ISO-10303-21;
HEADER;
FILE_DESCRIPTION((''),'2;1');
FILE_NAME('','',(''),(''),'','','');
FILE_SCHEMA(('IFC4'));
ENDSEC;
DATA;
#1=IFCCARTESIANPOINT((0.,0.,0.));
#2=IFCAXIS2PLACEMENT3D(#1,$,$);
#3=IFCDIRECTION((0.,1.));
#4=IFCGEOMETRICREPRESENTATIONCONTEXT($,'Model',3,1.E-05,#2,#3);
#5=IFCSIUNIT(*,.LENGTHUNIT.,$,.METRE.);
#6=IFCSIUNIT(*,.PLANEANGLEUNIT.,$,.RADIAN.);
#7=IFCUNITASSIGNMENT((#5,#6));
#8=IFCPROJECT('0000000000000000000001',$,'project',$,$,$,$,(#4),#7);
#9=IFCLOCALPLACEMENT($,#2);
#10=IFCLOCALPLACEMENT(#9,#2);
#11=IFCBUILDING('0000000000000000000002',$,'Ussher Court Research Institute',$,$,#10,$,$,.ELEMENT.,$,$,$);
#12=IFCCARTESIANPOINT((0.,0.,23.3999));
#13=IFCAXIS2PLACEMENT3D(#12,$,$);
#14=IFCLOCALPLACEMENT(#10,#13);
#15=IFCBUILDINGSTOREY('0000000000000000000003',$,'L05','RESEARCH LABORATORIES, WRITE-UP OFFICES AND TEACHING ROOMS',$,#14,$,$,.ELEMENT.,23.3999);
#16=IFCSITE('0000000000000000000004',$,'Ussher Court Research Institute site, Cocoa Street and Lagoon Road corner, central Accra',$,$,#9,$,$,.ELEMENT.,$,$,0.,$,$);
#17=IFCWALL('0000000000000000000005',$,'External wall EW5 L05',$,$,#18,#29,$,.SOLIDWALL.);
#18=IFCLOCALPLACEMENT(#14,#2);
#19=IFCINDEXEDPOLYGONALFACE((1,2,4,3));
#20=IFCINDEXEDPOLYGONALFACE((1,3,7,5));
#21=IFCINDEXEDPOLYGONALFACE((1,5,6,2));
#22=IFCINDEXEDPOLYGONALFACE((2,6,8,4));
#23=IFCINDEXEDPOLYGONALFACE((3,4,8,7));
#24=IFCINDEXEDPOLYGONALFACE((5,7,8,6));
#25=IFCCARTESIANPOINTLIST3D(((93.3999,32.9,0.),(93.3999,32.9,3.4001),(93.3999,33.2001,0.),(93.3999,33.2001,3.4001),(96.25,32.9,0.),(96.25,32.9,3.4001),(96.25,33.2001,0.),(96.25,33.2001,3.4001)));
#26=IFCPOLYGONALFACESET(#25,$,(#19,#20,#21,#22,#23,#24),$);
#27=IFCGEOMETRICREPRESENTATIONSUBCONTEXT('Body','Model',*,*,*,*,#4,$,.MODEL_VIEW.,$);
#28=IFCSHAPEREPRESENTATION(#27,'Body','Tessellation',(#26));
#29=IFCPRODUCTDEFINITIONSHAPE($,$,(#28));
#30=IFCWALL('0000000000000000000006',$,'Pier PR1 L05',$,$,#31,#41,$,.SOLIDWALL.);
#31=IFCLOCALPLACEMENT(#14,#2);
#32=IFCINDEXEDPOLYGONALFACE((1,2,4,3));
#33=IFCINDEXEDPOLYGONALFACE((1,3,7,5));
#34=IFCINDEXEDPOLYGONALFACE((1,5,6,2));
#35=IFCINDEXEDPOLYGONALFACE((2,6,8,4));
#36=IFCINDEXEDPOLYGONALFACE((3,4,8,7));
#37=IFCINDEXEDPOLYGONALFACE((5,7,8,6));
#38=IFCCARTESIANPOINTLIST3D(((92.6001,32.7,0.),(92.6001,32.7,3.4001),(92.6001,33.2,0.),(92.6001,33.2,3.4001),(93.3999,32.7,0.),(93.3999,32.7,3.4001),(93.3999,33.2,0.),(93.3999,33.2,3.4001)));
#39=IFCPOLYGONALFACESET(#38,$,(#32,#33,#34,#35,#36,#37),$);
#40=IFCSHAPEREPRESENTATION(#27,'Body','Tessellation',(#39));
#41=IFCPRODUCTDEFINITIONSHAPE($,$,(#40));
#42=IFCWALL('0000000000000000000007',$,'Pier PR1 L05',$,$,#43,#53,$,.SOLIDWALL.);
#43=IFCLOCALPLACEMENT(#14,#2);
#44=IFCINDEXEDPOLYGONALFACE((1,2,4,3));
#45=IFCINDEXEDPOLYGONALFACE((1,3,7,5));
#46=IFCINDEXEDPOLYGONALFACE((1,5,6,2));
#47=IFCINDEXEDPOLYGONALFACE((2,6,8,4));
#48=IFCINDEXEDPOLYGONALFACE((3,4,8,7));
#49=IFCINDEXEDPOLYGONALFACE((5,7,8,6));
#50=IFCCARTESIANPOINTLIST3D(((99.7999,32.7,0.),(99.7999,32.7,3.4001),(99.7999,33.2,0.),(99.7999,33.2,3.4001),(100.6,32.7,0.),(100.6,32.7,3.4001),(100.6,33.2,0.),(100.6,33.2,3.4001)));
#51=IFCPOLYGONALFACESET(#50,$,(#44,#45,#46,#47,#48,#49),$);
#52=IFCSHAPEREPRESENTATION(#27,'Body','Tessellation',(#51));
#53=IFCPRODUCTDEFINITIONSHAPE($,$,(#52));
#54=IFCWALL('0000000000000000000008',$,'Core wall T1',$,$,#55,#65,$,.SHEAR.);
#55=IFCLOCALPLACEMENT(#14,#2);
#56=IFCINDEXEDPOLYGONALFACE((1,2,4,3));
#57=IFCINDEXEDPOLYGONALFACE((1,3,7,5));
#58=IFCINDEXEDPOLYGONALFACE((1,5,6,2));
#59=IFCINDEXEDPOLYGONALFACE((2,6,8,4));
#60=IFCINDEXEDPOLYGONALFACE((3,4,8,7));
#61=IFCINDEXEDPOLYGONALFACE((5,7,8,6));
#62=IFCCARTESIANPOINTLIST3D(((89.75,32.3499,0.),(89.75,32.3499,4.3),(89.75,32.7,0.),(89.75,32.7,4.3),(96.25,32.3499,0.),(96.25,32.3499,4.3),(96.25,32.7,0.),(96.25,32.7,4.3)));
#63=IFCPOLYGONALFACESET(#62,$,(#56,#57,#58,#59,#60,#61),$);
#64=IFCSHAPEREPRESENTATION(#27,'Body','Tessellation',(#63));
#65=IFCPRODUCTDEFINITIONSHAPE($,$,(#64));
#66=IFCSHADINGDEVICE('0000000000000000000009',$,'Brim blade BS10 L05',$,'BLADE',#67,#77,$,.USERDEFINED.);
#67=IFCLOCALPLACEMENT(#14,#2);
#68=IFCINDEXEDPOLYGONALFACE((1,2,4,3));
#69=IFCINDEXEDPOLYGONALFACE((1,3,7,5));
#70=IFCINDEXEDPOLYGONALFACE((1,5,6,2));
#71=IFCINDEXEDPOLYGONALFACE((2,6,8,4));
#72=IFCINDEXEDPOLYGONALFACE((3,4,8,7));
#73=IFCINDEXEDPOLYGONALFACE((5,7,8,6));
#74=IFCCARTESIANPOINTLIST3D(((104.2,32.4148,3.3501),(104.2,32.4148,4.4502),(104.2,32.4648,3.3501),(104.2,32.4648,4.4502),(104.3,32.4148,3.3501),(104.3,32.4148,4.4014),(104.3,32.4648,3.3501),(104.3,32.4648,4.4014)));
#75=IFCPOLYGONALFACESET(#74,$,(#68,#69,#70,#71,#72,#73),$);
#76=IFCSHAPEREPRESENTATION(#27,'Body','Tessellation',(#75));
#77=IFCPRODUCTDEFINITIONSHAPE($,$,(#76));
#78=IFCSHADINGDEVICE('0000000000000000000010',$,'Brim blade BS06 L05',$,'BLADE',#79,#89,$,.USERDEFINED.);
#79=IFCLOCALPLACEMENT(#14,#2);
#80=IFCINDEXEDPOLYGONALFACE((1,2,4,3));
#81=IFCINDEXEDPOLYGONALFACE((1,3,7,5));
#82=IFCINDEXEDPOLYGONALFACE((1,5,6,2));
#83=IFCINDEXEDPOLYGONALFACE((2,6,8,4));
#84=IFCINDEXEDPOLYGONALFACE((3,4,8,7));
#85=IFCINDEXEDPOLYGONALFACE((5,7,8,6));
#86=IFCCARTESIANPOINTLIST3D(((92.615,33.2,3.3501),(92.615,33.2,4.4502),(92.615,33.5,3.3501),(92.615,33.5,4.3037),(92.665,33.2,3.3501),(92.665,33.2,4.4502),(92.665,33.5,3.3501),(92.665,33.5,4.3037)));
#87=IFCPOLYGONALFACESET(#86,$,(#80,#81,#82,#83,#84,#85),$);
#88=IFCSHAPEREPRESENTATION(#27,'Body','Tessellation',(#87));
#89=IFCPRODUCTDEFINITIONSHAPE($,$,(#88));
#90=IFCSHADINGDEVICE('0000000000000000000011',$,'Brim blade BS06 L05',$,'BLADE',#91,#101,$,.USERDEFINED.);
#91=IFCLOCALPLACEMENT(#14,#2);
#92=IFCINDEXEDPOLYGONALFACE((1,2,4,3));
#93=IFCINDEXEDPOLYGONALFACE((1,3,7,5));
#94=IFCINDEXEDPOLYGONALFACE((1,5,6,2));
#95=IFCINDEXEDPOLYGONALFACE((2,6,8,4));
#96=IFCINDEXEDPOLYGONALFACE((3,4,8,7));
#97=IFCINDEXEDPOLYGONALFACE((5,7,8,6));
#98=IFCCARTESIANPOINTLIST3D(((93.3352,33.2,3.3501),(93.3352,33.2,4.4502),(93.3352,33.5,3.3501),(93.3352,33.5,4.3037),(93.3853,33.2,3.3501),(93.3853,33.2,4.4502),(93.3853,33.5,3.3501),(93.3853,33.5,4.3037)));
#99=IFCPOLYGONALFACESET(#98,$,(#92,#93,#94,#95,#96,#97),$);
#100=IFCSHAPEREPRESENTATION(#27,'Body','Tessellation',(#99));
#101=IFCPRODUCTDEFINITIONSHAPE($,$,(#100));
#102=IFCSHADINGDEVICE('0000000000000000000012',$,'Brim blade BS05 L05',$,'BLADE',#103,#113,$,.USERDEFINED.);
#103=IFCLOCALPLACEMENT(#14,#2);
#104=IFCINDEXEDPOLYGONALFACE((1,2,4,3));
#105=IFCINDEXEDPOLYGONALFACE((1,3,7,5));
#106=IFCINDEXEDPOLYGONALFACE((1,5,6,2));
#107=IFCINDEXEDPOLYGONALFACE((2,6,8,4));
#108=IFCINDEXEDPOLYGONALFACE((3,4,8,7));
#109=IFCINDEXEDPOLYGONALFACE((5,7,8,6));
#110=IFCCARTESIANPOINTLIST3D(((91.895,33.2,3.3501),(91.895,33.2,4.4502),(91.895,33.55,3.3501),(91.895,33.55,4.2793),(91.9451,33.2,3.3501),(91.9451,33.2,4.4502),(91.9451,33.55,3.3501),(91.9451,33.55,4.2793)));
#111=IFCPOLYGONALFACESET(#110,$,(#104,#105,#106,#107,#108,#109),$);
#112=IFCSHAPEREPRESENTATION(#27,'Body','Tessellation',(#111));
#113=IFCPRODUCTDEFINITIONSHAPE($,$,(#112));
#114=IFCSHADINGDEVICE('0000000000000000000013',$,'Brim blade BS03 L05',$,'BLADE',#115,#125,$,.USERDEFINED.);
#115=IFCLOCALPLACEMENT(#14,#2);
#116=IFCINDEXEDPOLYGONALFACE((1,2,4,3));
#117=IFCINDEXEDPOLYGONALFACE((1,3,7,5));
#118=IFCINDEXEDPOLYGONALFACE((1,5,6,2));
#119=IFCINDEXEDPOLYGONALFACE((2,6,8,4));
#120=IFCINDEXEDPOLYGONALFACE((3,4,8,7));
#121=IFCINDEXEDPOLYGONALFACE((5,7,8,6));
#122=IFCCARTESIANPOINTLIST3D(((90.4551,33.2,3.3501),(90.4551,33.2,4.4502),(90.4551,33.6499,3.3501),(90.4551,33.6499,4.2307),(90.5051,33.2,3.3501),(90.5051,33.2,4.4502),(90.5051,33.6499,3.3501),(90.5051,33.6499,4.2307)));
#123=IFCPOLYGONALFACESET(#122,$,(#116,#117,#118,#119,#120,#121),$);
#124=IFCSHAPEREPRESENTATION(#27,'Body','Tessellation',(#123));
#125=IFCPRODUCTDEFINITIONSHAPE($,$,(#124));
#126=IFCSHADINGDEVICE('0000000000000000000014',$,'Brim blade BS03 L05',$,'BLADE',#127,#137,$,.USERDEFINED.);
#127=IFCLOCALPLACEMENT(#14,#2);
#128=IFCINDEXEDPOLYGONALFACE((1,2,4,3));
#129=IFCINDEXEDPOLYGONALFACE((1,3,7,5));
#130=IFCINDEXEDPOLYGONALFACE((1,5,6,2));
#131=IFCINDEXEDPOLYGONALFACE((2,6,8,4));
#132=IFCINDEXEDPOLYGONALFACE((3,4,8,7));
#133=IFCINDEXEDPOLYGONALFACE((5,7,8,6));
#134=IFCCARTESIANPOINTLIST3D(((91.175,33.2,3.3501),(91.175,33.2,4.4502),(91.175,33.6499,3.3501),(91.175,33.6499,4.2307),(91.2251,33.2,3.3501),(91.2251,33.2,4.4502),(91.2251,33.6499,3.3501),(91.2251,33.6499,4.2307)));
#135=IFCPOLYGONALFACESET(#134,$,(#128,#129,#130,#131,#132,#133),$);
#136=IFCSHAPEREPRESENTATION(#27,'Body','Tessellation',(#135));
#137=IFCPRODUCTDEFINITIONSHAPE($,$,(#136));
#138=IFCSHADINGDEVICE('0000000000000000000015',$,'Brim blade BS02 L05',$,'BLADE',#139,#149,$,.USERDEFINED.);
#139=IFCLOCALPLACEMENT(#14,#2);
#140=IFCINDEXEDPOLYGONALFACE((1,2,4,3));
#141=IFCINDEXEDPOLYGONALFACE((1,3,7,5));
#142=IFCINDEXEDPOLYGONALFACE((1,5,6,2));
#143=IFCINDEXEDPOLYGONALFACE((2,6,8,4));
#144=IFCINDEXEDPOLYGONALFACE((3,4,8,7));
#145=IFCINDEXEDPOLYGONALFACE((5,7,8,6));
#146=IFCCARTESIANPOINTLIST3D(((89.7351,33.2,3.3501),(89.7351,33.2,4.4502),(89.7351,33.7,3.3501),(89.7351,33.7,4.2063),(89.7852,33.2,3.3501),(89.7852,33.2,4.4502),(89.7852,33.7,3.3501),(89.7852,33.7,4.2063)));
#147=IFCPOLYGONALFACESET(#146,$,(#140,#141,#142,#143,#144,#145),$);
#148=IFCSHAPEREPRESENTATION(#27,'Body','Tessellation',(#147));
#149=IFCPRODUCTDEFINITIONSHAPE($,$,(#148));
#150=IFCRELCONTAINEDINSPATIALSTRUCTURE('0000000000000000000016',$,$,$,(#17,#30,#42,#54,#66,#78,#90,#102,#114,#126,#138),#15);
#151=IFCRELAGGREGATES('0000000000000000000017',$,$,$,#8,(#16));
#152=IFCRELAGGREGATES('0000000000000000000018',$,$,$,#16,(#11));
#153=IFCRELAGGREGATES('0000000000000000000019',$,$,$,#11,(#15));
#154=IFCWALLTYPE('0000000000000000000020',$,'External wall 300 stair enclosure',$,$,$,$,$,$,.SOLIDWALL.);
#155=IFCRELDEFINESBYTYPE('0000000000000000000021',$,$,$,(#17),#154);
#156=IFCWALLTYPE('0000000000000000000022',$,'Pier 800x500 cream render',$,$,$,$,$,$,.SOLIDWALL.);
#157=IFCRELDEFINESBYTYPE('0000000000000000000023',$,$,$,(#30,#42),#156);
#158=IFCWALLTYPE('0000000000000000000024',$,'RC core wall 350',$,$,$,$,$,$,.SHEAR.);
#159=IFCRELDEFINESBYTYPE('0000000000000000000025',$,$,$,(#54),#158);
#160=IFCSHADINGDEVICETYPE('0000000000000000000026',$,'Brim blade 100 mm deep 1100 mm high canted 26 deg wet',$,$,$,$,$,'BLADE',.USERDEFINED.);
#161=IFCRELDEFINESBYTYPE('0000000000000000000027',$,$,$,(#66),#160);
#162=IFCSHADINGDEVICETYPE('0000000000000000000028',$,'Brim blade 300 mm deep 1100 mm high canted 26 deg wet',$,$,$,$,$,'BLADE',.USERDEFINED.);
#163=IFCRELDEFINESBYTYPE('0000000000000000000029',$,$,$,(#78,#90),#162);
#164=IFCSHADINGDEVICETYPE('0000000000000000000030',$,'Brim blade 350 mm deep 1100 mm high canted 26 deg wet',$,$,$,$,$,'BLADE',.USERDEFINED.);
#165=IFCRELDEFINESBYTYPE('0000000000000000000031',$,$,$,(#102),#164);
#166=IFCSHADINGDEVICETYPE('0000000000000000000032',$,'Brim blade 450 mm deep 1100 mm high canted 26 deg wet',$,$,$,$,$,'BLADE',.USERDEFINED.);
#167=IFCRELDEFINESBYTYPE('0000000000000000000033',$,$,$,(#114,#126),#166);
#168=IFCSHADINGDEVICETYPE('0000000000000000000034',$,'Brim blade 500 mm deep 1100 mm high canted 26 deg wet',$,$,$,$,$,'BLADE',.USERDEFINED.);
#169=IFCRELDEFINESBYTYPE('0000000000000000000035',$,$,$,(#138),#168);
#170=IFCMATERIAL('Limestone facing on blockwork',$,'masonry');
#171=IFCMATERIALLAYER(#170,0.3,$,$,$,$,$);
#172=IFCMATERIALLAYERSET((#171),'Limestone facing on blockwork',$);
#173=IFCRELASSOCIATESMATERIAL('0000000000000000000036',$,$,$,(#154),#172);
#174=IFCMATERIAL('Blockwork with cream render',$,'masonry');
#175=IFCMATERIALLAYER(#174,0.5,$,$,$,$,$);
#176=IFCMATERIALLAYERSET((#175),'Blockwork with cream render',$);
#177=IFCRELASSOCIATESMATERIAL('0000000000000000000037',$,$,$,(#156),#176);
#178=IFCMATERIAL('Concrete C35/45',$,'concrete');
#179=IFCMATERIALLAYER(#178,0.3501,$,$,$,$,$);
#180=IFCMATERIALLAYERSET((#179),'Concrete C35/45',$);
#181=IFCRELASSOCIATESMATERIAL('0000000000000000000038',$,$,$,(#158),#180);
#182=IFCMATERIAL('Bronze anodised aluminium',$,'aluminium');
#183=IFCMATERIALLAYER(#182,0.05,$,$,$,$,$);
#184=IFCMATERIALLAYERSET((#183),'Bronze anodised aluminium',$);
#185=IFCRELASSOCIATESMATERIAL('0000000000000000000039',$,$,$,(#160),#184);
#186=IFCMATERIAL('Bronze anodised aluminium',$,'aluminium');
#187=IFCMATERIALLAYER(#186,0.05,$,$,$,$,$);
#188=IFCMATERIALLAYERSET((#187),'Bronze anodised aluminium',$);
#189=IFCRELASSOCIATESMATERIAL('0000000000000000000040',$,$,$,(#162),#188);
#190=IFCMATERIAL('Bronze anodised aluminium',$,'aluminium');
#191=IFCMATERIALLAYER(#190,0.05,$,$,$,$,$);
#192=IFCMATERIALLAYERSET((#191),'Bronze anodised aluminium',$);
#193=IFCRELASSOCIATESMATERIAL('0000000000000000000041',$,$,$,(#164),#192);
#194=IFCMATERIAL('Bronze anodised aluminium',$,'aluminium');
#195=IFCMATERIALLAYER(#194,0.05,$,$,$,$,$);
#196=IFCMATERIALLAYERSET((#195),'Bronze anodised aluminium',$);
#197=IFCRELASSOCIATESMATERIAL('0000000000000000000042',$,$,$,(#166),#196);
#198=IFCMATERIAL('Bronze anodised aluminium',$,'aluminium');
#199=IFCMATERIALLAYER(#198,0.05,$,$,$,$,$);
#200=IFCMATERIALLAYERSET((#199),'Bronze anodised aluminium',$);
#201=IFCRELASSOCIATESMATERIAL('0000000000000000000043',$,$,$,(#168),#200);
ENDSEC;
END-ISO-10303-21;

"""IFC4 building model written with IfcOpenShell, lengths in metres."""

from ifc_helpers import new_model, si_unit, direction, frame, frame_2d, origin, place, context, subcontext, project, spatial, polyline, rectangle, outline, extrude, material, layer, layer_set, type_object, element, save


model = new_model("IFC4")

# Units and contexts
model_context = context("Model", 3, precision=1e-05, world=origin(), true_north=direction((0.0, 1.0)))
body_context = subcontext(model_context, "Body", "Model", "MODEL_VIEW")
ifc_project = project(units=[si_unit("LENGTHUNIT", "METRE"), si_unit("PLANEANGLEUNIT", "RADIAN")], contexts=[model_context])

# Site, building, storey
site_placement = place(None, origin())
site = spatial("IfcSite", under=ifc_project, at=site_placement, Name="Ussher Court Research Institute site, Cocoa Street and Lagoon Road corner, central Accra", CompositionType="ELEMENT", RefElevation=0.0)
building_placement = place(site_placement, origin())
building = spatial("IfcBuilding", under=site, at=building_placement, Name="Ussher Court Research Institute", CompositionType="ELEMENT")
storey_placement = place(building_placement, frame((0.0, 0.0, 23.3999)))
storey = spatial("IfcBuildingStorey", under=building, at=storey_placement, Name="L05", Description="RESEARCH LABORATORIES, WRITE-UP OFFICES AND TEACHING ROOMS", CompositionType="ELEMENT", Elevation=23.3999)

# Walls
ifc_material_1 = material(Name="Limestone facing on blockwork", Category="masonry")
ifc_layer_1 = layer(ifc_material_1, 0.3)
ifc_layer_set_1 = layer_set([ifc_layer_1], Name="Limestone facing on blockwork")
wall_type_1 = type_object("IfcWallType", Name="External wall 300 stair enclosure", PredefinedType="SOLIDWALL", material=ifc_layer_set_1)
for number, where, z_axis, x_axis, name in (
    (1, (93.3999, 33.05, 0.0), (0.0, 0.0, 1.0), (1.0, 0.0, 0.0), "External wall EW5 L05"),
):
    element("IfcWall", number, at=place(storey_placement, frame(where, z_axis=z_axis, x_axis=x_axis)), inside=storey, type_object=wall_type_1, Name=name, PredefinedType="SOLIDWALL", context=body_context, shape_type="SweptSolid", body=[
        extrude(rectangle(XDim=2.8501, YDim=0.3, at=frame_2d((1.425, 0.0))), origin(), (0.0, 0.0, 1.0), 3.4001),
    ])
ifc_material_2 = material(Name="Blockwork with cream render", Category="masonry")
ifc_layer_2 = layer(ifc_material_2, 0.5)
ifc_layer_set_2 = layer_set([ifc_layer_2], Name="Blockwork with cream render")
wall_type_2 = type_object("IfcWallType", Name="Pier 800x500 cream render", PredefinedType="SOLIDWALL", material=ifc_layer_set_2)
wall_1_placement = place(storey_placement, frame((92.6001, 32.95, 0.0), z_axis=(0.0, 0.0, 1.0), x_axis=(1.0, 0.0, 0.0)))
element("IfcWall", 2, at=wall_1_placement, inside=storey, type_object=wall_type_2, Name="Pier PR1 L05", PredefinedType="SOLIDWALL", context=body_context, shape_type="SweptSolid", body=[
    extrude(rectangle(XDim=0.7998, YDim=0.5, at=frame_2d((0.3999, 0.0))), origin(), (0.0, 0.0, 1.0), 3.4001),
])
wall_2_placement = place(storey_placement, frame((99.8, 32.95, 0.0), z_axis=(0.0, 0.0, 1.0), x_axis=(1.0, 0.0, 0.0)))
element("IfcWall", 3, at=wall_2_placement, inside=storey, type_object=wall_type_2, Name="Pier PR1 L05", PredefinedType="SOLIDWALL", context=body_context, shape_type="SweptSolid", body=[
    extrude(rectangle(XDim=0.8, YDim=0.5, at=frame_2d((0.3999, 0.0))), origin(), (0.0, 0.0, 1.0), 3.4001),
])
ifc_material_3 = material(Name="Concrete C35/45", Category="concrete")
ifc_layer_3 = layer(ifc_material_3, 0.3501)
ifc_layer_set_3 = layer_set([ifc_layer_3], Name="Concrete C35/45")
wall_type_3 = type_object("IfcWallType", Name="RC core wall 350", PredefinedType="SHEAR", material=ifc_layer_set_3)
wall_3_placement = place(storey_placement, frame((89.75, 32.5249, 0.0), z_axis=(0.0, 0.0, 1.0), x_axis=(1.0, 0.0, 0.0)))
element("IfcWall", 4, at=wall_3_placement, inside=storey, type_object=wall_type_3, Name="Core wall T1", PredefinedType="SHEAR", context=body_context, shape_type="SweptSolid", body=[
    extrude(rectangle(XDim=6.5, YDim=0.3501, at=frame_2d((3.25, 0.0))), origin(), (0.0, 0.0, 1.0), 4.3),
])

# Shading devices
ifc_material_4 = material(Name="Bronze anodised aluminium", Category="aluminium")
ifc_layer_4 = layer(ifc_material_4, 0.05)
ifc_layer_set_4 = layer_set([ifc_layer_4], Name="Bronze anodised aluminium")
shading_device_type_1 = type_object("IfcShadingDeviceType", Name="Brim blade 100 mm deep 1100 mm high canted 26 deg wet", ElementType="BLADE", PredefinedType="USERDEFINED", material=ifc_layer_set_4)
shading_device_1_placement = place(storey_placement, frame((104.2, 32.4399, 3.3501), z_axis=(0.0, 0.0, 1.0), x_axis=(1.0, 0.0, 0.0)))
element("IfcShadingDevice", 5, at=shading_device_1_placement, inside=storey, type_object=shading_device_type_1, Name="Brim blade BS10 L05", ObjectType="BLADE", PredefinedType="USERDEFINED", context=body_context, shape_type="SweptSolid", body=[
    extrude(outline(polyline([(0.0, 0.0), (0.1001, 0.0), (0.1001, 1.0513), (0.0, 1.1001), (0.0, 0.0)])), frame((0.0, 0.0249, 0.0), z_axis=(0.0, -1.0, 0.0), x_axis=(1.0, 0.0, 0.0)), (0.0, 0.0, 1.0), 0.05),
])
ifc_material_5 = material(Name="Bronze anodised aluminium", Category="aluminium")
ifc_layer_5 = layer(ifc_material_5, 0.05)
ifc_layer_set_5 = layer_set([ifc_layer_5], Name="Bronze anodised aluminium")
shading_device_type_2 = type_object("IfcShadingDeviceType", Name="Brim blade 300 mm deep 1100 mm high canted 26 deg wet", ElementType="BLADE", PredefinedType="USERDEFINED", material=ifc_layer_set_5)
for number, where, z_axis, x_axis, name in (
    (6, (92.6399, 33.2, 3.3501), (0.0, 0.0, 1.0), (0.0, 1.0, 0.0), "Brim blade BS06 L05"),
    (7, (93.3601, 33.2, 3.3501), (0.0, 0.0, 1.0), (0.0, 1.0, 0.0), "Brim blade BS06 L05"),
):
    element("IfcShadingDevice", number, at=place(storey_placement, frame(where, z_axis=z_axis, x_axis=x_axis)), inside=storey, type_object=shading_device_type_2, Name=name, ObjectType="BLADE", PredefinedType="USERDEFINED", context=body_context, shape_type="SweptSolid", body=[
        extrude(outline(polyline([(0.0, 0.0), (0.3, 0.0), (0.3, 0.9536), (0.0, 1.1001), (0.0, 0.0)])), frame((0.0, 0.0249, 0.0), z_axis=(0.0, -1.0, 0.0), x_axis=(1.0, 0.0, 0.0)), (0.0, 0.0, 1.0), 0.05),
    ])
ifc_material_6 = material(Name="Bronze anodised aluminium", Category="aluminium")
ifc_layer_6 = layer(ifc_material_6, 0.05)
ifc_layer_set_6 = layer_set([ifc_layer_6], Name="Bronze anodised aluminium")
shading_device_type_3 = type_object("IfcShadingDeviceType", Name="Brim blade 350 mm deep 1100 mm high canted 26 deg wet", ElementType="BLADE", PredefinedType="USERDEFINED", material=ifc_layer_set_6)
shading_device_2_placement = place(storey_placement, frame((91.9199, 33.2, 3.3501), z_axis=(0.0, 0.0, 1.0), x_axis=(0.0, 1.0, 0.0)))
element("IfcShadingDevice", 8, at=shading_device_2_placement, inside=storey, type_object=shading_device_type_3, Name="Brim blade BS05 L05", ObjectType="BLADE", PredefinedType="USERDEFINED", context=body_context, shape_type="SweptSolid", body=[
    extrude(outline(polyline([(0.0, 0.0), (0.3501, 0.0), (0.3501, 0.9292), (0.0, 1.1001), (0.0, 0.0)])), frame((0.0, 0.0249, 0.0), z_axis=(0.0, -1.0, 0.0), x_axis=(1.0, 0.0, 0.0)), (0.0, 0.0, 1.0), 0.05),
])
ifc_material_7 = material(Name="Bronze anodised aluminium", Category="aluminium")
ifc_layer_7 = layer(ifc_material_7, 0.05)
ifc_layer_set_7 = layer_set([ifc_layer_7], Name="Bronze anodised aluminium")
shading_device_type_4 = type_object("IfcShadingDeviceType", Name="Brim blade 450 mm deep 1100 mm high canted 26 deg wet", ElementType="BLADE", PredefinedType="USERDEFINED", material=ifc_layer_set_7)
for number, where, z_axis, x_axis, name in (
    (9, (90.48, 33.2, 3.3501), (0.0, 0.0, 1.0), (0.0, 1.0, 0.0), "Brim blade BS03 L05"),
    (10, (91.2, 33.2, 3.3501), (0.0, 0.0, 1.0), (0.0, 1.0, 0.0), "Brim blade BS03 L05"),
):
    element("IfcShadingDevice", number, at=place(storey_placement, frame(where, z_axis=z_axis, x_axis=x_axis)), inside=storey, type_object=shading_device_type_4, Name=name, ObjectType="BLADE", PredefinedType="USERDEFINED", context=body_context, shape_type="SweptSolid", body=[
        extrude(outline(polyline([(0.0, 0.0), (0.45, 0.0), (0.45, 0.8806), (0.0, 1.1001), (0.0, 0.0)])), frame((0.0, 0.0249, 0.0), z_axis=(0.0, -1.0, 0.0), x_axis=(1.0, 0.0, 0.0)), (0.0, 0.0, 1.0), 0.05),
    ])
ifc_material_8 = material(Name="Bronze anodised aluminium", Category="aluminium")
ifc_layer_8 = layer(ifc_material_8, 0.05)
ifc_layer_set_8 = layer_set([ifc_layer_8], Name="Bronze anodised aluminium")
shading_device_type_5 = type_object("IfcShadingDeviceType", Name="Brim blade 500 mm deep 1100 mm high canted 26 deg wet", ElementType="BLADE", PredefinedType="USERDEFINED", material=ifc_layer_set_8)
shading_device_3_placement = place(storey_placement, frame((89.76, 33.2, 3.3501), z_axis=(0.0, 0.0, 1.0), x_axis=(0.0, 1.0, 0.0)))
element("IfcShadingDevice", 11, at=shading_device_3_placement, inside=storey, type_object=shading_device_type_5, Name="Brim blade BS02 L05", ObjectType="BLADE", PredefinedType="USERDEFINED", context=body_context, shape_type="SweptSolid", body=[
    extrude(outline(polyline([(0.0, 0.0), (0.5, 0.0), (0.5, 0.8562), (0.0, 1.1001), (0.0, 0.0)])), frame((0.0, 0.0249, 0.0), z_axis=(0.0, -1.0, 0.0), x_axis=(1.0, 0.0, 0.0)), (0.0, 0.0, 1.0), 0.05),
])

save(model, "model.ifc")
